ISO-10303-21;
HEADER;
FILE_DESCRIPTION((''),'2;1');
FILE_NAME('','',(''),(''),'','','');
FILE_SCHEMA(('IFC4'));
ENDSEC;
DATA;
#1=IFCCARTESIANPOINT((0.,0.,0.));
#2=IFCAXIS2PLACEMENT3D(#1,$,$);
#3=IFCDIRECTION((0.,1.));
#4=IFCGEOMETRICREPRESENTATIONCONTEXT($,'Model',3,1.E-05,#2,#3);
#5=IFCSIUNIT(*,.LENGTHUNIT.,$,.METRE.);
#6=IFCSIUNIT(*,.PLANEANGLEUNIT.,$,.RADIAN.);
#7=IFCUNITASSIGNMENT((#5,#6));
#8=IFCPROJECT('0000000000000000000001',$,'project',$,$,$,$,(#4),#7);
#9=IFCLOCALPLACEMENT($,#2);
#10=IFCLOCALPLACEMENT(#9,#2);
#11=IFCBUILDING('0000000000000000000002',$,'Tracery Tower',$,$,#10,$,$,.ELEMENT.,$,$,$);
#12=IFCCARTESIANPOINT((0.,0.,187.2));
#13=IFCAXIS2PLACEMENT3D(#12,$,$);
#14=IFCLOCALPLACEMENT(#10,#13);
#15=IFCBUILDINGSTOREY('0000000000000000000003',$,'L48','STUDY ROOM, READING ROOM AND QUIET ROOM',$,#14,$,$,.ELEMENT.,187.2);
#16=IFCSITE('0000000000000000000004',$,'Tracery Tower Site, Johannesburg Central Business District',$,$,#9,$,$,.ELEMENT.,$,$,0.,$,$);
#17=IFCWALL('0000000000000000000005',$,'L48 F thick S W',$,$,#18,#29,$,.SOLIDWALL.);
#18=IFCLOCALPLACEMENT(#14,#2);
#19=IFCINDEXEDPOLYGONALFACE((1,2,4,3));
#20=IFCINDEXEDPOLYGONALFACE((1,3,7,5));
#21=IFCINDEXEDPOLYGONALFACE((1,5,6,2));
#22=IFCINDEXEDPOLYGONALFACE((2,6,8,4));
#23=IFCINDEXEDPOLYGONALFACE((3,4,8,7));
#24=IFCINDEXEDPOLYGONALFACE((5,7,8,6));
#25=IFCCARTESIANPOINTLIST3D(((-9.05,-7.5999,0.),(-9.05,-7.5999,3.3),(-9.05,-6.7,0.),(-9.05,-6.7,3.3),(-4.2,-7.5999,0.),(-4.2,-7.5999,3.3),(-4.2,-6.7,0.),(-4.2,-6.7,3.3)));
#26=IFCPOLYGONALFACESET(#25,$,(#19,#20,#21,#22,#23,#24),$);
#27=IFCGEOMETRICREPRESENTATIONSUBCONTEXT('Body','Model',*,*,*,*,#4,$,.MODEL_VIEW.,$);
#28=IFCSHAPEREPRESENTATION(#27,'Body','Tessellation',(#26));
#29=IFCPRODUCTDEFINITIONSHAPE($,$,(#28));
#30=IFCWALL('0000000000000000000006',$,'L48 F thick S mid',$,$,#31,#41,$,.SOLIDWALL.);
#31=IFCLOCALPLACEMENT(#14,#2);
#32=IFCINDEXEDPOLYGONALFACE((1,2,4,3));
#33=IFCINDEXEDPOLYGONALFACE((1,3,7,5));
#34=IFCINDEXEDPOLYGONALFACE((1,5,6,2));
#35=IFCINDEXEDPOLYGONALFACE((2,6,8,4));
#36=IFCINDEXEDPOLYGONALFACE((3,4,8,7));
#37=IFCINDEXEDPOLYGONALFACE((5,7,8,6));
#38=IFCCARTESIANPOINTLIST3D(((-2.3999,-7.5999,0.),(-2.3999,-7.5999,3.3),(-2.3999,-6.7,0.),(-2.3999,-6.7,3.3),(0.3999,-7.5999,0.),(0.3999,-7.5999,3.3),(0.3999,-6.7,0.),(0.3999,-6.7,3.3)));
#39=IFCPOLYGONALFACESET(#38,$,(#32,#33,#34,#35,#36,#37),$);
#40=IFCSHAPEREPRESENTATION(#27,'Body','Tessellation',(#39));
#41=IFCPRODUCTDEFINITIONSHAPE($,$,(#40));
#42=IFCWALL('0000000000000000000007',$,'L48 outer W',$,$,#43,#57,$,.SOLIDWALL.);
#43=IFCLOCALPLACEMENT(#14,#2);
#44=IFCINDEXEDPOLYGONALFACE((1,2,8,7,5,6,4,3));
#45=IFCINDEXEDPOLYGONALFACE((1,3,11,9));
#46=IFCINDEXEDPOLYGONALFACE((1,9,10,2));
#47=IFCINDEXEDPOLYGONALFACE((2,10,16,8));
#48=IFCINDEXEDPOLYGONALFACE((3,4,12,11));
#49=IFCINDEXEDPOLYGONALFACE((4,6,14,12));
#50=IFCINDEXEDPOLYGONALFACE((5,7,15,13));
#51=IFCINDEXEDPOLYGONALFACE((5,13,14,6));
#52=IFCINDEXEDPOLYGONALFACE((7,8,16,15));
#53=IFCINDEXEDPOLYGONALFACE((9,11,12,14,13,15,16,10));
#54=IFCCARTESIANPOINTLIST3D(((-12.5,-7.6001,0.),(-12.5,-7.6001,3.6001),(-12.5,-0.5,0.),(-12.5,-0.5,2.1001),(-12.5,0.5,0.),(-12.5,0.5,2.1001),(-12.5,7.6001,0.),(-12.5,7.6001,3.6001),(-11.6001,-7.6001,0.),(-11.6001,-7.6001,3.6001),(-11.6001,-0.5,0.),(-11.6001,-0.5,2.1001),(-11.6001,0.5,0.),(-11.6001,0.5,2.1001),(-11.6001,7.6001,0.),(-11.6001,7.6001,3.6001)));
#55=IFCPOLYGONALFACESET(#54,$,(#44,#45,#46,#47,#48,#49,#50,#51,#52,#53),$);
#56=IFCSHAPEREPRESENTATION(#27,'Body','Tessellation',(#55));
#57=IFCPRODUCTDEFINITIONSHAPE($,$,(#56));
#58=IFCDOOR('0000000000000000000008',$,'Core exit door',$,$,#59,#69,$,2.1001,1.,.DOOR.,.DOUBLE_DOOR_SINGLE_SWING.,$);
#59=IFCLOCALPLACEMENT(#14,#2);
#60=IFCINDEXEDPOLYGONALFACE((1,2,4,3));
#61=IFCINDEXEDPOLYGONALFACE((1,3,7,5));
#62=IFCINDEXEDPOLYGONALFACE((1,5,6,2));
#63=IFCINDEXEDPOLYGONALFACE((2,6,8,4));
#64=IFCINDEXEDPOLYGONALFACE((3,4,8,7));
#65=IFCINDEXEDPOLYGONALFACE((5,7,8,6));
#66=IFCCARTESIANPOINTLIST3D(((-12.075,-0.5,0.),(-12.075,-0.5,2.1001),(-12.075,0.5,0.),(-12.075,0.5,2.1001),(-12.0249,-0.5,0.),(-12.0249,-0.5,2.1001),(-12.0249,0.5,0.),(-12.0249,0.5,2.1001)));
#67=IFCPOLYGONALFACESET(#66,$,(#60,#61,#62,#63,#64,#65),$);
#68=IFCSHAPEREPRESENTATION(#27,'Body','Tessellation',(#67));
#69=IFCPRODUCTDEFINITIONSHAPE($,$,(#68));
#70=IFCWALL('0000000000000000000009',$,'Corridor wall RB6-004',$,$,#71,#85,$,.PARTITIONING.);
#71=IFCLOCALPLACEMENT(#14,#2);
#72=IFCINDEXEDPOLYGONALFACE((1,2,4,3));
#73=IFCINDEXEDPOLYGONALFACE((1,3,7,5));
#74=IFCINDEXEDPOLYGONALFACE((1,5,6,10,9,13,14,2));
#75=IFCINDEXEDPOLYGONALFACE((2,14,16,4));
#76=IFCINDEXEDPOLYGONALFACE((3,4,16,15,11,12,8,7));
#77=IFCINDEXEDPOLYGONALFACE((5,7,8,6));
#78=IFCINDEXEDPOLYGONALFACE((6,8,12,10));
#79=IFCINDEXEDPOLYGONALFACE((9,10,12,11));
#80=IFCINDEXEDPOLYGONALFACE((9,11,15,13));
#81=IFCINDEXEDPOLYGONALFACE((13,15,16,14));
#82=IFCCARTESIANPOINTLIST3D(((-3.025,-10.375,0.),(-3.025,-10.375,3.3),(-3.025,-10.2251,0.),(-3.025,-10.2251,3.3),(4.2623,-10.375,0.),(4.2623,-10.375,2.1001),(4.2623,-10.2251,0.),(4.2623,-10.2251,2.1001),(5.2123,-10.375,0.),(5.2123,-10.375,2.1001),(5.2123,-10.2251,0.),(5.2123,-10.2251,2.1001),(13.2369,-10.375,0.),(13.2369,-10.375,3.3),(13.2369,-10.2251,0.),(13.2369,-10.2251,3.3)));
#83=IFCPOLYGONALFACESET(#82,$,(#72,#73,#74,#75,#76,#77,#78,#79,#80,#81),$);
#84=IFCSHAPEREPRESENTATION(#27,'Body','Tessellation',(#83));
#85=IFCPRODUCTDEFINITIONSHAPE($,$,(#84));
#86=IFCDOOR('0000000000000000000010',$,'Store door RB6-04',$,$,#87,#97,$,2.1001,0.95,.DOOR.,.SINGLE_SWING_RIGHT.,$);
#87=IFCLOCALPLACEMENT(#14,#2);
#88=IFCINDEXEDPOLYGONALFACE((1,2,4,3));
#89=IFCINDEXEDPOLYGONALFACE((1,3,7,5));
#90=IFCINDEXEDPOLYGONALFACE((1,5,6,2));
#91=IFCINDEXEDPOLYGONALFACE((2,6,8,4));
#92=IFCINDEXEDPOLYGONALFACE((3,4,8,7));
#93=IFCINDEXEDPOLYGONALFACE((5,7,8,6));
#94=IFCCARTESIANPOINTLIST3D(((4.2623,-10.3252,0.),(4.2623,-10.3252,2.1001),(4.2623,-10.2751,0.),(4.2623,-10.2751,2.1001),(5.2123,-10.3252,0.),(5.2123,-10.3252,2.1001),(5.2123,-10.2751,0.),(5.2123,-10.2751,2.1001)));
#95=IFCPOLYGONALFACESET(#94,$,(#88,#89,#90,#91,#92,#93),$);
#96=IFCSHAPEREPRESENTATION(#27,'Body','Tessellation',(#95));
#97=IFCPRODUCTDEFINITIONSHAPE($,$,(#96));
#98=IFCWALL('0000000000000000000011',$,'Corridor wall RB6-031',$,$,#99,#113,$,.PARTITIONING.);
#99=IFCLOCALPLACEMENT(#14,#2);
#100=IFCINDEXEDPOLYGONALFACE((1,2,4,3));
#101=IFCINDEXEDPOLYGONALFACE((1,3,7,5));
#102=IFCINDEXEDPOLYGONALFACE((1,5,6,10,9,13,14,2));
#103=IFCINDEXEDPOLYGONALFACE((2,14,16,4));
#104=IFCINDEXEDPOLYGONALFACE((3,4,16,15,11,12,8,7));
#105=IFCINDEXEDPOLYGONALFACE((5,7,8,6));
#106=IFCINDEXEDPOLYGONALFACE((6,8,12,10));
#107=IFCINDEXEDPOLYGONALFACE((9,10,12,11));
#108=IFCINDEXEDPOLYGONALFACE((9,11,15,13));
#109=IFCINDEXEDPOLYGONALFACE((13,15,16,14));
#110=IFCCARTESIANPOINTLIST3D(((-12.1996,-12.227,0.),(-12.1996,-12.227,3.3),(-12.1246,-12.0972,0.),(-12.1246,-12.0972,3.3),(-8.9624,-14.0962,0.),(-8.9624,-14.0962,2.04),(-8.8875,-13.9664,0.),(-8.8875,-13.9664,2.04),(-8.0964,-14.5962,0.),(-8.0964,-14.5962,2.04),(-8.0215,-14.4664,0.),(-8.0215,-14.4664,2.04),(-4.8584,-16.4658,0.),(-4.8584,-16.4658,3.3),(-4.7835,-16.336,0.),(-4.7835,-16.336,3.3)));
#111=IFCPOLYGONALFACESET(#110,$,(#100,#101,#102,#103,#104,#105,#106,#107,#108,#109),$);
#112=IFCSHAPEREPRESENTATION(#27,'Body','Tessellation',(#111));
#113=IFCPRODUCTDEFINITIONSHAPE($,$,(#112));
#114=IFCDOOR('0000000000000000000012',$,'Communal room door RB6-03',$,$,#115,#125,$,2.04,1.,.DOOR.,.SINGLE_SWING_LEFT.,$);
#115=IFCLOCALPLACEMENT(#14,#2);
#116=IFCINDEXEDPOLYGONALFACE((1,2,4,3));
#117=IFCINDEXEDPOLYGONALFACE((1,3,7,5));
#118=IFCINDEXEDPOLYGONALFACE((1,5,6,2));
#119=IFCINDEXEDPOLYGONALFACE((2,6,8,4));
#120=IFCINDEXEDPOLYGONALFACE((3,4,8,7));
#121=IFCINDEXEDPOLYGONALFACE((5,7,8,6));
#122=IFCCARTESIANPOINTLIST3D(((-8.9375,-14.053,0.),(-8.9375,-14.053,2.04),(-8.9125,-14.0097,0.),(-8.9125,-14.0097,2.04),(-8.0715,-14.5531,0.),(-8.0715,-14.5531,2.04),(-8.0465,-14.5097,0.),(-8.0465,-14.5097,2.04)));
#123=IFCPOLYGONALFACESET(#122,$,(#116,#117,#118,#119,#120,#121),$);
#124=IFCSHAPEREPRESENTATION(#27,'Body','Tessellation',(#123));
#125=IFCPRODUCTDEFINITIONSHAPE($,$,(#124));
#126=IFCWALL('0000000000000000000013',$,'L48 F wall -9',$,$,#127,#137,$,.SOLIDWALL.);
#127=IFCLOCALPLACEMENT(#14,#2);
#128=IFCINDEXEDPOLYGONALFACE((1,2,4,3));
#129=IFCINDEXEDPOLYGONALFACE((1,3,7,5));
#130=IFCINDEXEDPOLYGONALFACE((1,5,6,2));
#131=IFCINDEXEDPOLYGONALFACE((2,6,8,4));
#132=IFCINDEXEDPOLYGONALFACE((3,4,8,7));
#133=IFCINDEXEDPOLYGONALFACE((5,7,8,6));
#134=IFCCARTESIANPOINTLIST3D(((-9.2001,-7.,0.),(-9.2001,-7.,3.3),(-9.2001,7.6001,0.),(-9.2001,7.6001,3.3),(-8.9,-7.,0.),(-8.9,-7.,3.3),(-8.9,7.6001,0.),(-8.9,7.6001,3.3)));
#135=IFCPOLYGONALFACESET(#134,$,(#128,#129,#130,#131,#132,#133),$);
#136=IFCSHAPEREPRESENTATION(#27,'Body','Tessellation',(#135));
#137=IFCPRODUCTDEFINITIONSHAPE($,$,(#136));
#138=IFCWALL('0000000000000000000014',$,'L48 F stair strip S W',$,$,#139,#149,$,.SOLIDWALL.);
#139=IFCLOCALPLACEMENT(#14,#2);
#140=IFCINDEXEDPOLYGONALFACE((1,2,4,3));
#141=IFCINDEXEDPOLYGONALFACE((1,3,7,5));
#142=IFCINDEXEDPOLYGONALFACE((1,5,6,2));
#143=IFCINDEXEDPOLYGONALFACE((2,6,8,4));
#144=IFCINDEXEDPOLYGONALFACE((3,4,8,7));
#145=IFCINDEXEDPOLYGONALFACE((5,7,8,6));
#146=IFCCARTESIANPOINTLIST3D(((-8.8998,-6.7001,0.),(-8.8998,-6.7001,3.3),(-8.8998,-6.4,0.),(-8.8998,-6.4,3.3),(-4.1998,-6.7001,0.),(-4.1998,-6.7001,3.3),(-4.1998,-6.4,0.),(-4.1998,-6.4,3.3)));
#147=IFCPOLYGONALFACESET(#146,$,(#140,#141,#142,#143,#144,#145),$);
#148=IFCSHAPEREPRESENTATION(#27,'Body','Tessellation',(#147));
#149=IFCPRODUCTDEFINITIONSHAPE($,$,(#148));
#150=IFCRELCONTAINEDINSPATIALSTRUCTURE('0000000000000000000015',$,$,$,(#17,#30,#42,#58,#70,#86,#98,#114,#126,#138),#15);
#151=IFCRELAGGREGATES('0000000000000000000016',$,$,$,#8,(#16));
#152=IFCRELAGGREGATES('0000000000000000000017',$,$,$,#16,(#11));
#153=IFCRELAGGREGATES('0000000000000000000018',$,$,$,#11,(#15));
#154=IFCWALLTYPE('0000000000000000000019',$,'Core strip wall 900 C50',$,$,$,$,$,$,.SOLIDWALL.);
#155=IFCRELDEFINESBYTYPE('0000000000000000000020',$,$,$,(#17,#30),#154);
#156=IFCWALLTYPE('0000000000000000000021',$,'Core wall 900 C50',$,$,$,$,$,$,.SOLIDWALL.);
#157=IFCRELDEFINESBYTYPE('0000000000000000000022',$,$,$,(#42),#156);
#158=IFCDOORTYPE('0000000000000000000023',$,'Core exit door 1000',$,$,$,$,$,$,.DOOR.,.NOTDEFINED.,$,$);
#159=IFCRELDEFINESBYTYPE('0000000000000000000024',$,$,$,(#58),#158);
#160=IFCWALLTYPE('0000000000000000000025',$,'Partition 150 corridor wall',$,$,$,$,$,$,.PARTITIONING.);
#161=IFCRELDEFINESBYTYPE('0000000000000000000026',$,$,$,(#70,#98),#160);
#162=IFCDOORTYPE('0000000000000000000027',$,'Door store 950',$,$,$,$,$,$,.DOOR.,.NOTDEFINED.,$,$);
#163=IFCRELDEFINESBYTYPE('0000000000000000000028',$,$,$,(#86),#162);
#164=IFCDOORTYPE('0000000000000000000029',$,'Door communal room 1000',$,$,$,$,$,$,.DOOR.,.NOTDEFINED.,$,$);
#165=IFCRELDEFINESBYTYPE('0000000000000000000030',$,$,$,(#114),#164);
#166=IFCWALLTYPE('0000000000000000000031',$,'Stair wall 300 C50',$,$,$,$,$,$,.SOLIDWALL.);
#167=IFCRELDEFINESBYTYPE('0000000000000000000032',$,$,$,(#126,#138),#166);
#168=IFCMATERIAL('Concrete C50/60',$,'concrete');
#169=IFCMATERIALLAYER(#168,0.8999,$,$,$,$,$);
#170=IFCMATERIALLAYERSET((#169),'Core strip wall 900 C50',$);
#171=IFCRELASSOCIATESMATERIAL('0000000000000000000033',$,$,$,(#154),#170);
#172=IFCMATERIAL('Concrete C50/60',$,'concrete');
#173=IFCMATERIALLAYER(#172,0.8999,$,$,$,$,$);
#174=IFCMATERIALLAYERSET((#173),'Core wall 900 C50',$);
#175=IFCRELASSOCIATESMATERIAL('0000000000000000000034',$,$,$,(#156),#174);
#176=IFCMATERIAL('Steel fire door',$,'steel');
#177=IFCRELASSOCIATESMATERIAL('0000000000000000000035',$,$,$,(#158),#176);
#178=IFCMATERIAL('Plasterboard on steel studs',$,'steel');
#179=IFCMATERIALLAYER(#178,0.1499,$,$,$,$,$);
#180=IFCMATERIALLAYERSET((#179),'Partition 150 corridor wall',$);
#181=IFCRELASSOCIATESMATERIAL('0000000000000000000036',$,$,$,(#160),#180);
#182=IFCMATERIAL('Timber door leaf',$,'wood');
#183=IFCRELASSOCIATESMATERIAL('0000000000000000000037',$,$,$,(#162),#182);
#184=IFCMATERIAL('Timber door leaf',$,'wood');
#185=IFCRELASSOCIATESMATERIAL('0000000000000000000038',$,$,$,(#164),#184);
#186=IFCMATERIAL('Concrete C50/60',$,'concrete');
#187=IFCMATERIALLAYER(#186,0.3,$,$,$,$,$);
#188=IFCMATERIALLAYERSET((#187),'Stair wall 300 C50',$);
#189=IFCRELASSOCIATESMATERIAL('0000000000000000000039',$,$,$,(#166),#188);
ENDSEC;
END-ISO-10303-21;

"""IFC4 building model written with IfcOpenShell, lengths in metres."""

from ifc_helpers import new_model, si_unit, direction, frame, frame_2d, origin, place, context, subcontext, project, spatial, rectangle, extrude, material, layer, layer_set, type_object, element, fill, save


model = new_model("IFC4")

# Units and contexts
model_context = context("Model", 3, precision=1e-05, world=origin(), true_north=direction((0.0, 1.0)))
body_context = subcontext(model_context, "Body", "Model", "MODEL_VIEW")
ifc_project = project(units=[si_unit("LENGTHUNIT", "METRE"), si_unit("PLANEANGLEUNIT", "RADIAN")], contexts=[model_context])

# Site, building, storey
site_placement = place(None, origin())
site = spatial("IfcSite", under=ifc_project, at=site_placement, Name="Tracery Tower Site, Johannesburg Central Business District", CompositionType="ELEMENT", RefElevation=0.0)
building_placement = place(site_placement, origin())
building = spatial("IfcBuilding", under=site, at=building_placement, Name="Tracery Tower", CompositionType="ELEMENT")
storey_placement = place(building_placement, frame((0.0, 0.0, 187.2)))
storey = spatial("IfcBuildingStorey", under=building, at=storey_placement, Name="L48", Description="STUDY ROOM, READING ROOM AND QUIET ROOM", CompositionType="ELEMENT", Elevation=187.2)

# Walls
ifc_material_1 = material(Name="Concrete C50/60", Category="concrete")
ifc_layer_1 = layer(ifc_material_1, 0.8999)
ifc_layer_set_1 = layer_set([ifc_layer_1], Name="Core strip wall 900 C50")
wall_type_1 = type_object("IfcWallType", Name="Core strip wall 900 C50", PredefinedType="SOLIDWALL", material=ifc_layer_set_1)
wall_1_placement = place(storey_placement, frame((-9.05, -7.1499, 0.0), z_axis=(0.0, 0.0, 1.0), x_axis=(1.0, 0.0, 0.0)))
element("IfcWall", 1, at=wall_1_placement, inside=storey, type_object=wall_type_1, Name="L48 F thick S W", PredefinedType="SOLIDWALL", context=body_context, shape_type="SweptSolid", body=[
    extrude(rectangle(XDim=4.8501, YDim=0.8999, at=frame_2d((2.425, 0.0))), origin(), (0.0, 0.0, 1.0), 3.3),
])
wall_2_placement = place(storey_placement, frame((-2.3999, -7.1499, 0.0), z_axis=(0.0, 0.0, 1.0), x_axis=(1.0, 0.0, 0.0)))
element("IfcWall", 2, at=wall_2_placement, inside=storey, type_object=wall_type_1, Name="L48 F thick S mid", PredefinedType="SOLIDWALL", context=body_context, shape_type="SweptSolid", body=[
    extrude(rectangle(XDim=2.7998, YDim=0.8999, at=frame_2d((1.3999, 0.0))), origin(), (0.0, 0.0, 1.0), 3.3),
])

# Walls, openings, doors
ifc_material_2 = material(Name="Concrete C50/60", Category="concrete")
ifc_layer_2 = layer(ifc_material_2, 0.8999)
ifc_layer_set_2 = layer_set([ifc_layer_2], Name="Core wall 900 C50")
wall_type_2 = type_object("IfcWallType", Name="Core wall 900 C50", PredefinedType="SOLIDWALL", material=ifc_layer_set_2)
wall_3_placement = place(storey_placement, frame((-12.05, -7.6001, 0.0), z_axis=(0.0, 0.0, 1.0), x_axis=(0.0, 1.0, 0.0)))
wall_3 = element("IfcWall", 3, at=wall_3_placement, inside=storey, type_object=wall_type_2, Name="L48 outer W", PredefinedType="SOLIDWALL", context=body_context, shape_type="SweptSolid", body=[
    extrude(rectangle(XDim=15.2002, YDim=0.8999, at=frame_2d((7.6001, 0.0))), origin(), (0.0, 0.0, 1.0), 3.6001),
])
opening_1_placement = place(wall_3_placement, frame((7.1001, 0.0, 0.0)))
opening_1 = element("IfcOpeningElement", 4, at=opening_1_placement, cuts=wall_3, PredefinedType="OPENING", context=body_context, shape_type="SweptSolid", body=[
    extrude(rectangle(XDim=1.0, YDim=2.1001, at=frame_2d((0.5, 1.05))), frame((0.0, 0.45, 0.0), z_axis=(0.0, -1.0, 0.0), x_axis=(1.0, 0.0, 0.0)), (0.0, 0.0, 1.0), 0.8999),
])
ifc_material_3 = material(Name="Steel fire door", Category="steel")
door_type_1 = type_object("IfcDoorType", Name="Core exit door 1000", OperationType="NOTDEFINED", PredefinedType="DOOR", material=ifc_material_3)
door_1_placement = place(opening_1_placement, origin())
door_1 = element("IfcDoor", 5, at=door_1_placement, inside=storey, type_object=door_type_1, Name="Core exit door", OperationType="DOUBLE_DOOR_SINGLE_SWING", OverallHeight=2.1001, OverallWidth=1.0, PredefinedType="DOOR", context=body_context, shape_type="SweptSolid", body=[
    extrude(rectangle(XDim=1.0, YDim=2.1001, at=frame_2d((0.5, 1.05))), frame((0.0, 0.0249, 0.0), z_axis=(0.0, -1.0, 0.0), x_axis=(1.0, 0.0, 0.0)), (0.0, 0.0, 1.0), 0.05),
])
fill(opening_1, door_1)
ifc_material_4 = material(Name="Plasterboard on steel studs", Category="steel")
ifc_layer_3 = layer(ifc_material_4, 0.1499)
ifc_layer_set_3 = layer_set([ifc_layer_3], Name="Partition 150 corridor wall")
wall_type_3 = type_object("IfcWallType", Name="Partition 150 corridor wall", PredefinedType="PARTITIONING", material=ifc_layer_set_3)
wall_4_placement = place(storey_placement, frame((-3.0249, -10.3, 0.0), z_axis=(0.0, 0.0, 1.0), x_axis=(1.0, 0.0, 0.0)))
wall_4 = element("IfcWall", 6, at=wall_4_placement, inside=storey, type_object=wall_type_3, Name="Corridor wall RB6-004", PredefinedType="PARTITIONING", context=body_context, shape_type="SweptSolid", body=[
    extrude(rectangle(XDim=16.262, YDim=0.1499, at=frame_2d((8.1309, 0.0))), origin(), (0.0, 0.0, 1.0), 3.3),
])
opening_2_placement = place(wall_4_placement, frame((7.2871, 0.0, 0.0)))
opening_2 = element("IfcOpeningElement", 7, at=opening_2_placement, cuts=wall_4, PredefinedType="OPENING", context=body_context, shape_type="SweptSolid", body=[
    extrude(rectangle(XDim=0.95, YDim=2.1001, at=frame_2d((0.4751, 1.05))), frame((0.0, 0.075, 0.0), z_axis=(0.0, -1.0, 0.0), x_axis=(1.0, 0.0, 0.0)), (0.0, 0.0, 1.0), 0.1499),
])
ifc_material_5 = material(Name="Timber door leaf", Category="wood")
door_type_2 = type_object("IfcDoorType", Name="Door store 950", OperationType="NOTDEFINED", PredefinedType="DOOR", material=ifc_material_5)
door_2_placement = place(opening_2_placement, origin())
door_2 = element("IfcDoor", 8, at=door_2_placement, inside=storey, type_object=door_type_2, Name="Store door RB6-04", OperationType="SINGLE_SWING_RIGHT", OverallHeight=2.1001, OverallWidth=0.95, PredefinedType="DOOR", context=body_context, shape_type="SweptSolid", body=[
    extrude(rectangle(XDim=0.95, YDim=2.1001, at=frame_2d((0.4751, 1.05))), frame((0.0, 0.0249, 0.0), z_axis=(0.0, -1.0, 0.0), x_axis=(1.0, 0.0, 0.0)), (0.0, 0.0, 1.0), 0.05),
])
fill(opening_2, door_2)
wall_5_placement = place(storey_placement, frame((-12.1621, -12.1621, 0.0), z_axis=(0.0, 0.0, 1.0), x_axis=(0.866005, -0.500036, 0.0)))
wall_5 = element("IfcWall", 9, at=wall_5_placement, inside=storey, type_object=wall_type_3, Name="Corridor wall RB6-031", PredefinedType="PARTITIONING", context=body_context, shape_type="SweptSolid", body=[
    extrude(rectangle(XDim=8.4771, YDim=0.1499, at=frame_2d((4.2385, 0.0))), origin(), (0.0, 0.0, 1.0), 3.3),
])
opening_3_placement = place(wall_5_placement, frame((3.738, 0.0, 0.0)))
opening_3 = element("IfcOpeningElement", 10, at=opening_3_placement, cuts=wall_5, PredefinedType="OPENING", context=body_context, shape_type="SweptSolid", body=[
    extrude(rectangle(XDim=1.0, YDim=2.04, at=frame_2d((0.5, 1.02))), frame((0.0, 0.075, 0.0), z_axis=(0.0, -1.0, 0.0), x_axis=(1.0, 0.0, 0.0)), (0.0, 0.0, 1.0), 0.1499),
])
ifc_material_6 = material(Name="Timber door leaf", Category="wood")
door_type_3 = type_object("IfcDoorType", Name="Door communal room 1000", OperationType="NOTDEFINED", PredefinedType="DOOR", material=ifc_material_6)
door_3_placement = place(opening_3_placement, origin())
door_3 = element("IfcDoor", 11, at=door_3_placement, inside=storey, type_object=door_type_3, Name="Communal room door RB6-03", OperationType="SINGLE_SWING_LEFT", OverallHeight=2.04, OverallWidth=1.0, PredefinedType="DOOR", context=body_context, shape_type="SweptSolid", body=[
    extrude(rectangle(XDim=1.0, YDim=2.04, at=frame_2d((0.5, 1.02))), frame((0.0, 0.0249, 0.0), z_axis=(0.0, -1.0, 0.0), x_axis=(1.0, 0.0, 0.0)), (0.0, 0.0, 1.0), 0.05),
])
fill(opening_3, door_3)

# Shared definitions
ifc_material_7 = material(Name="Concrete C50/60", Category="concrete")
ifc_layer_4 = layer(ifc_material_7, 0.3)
ifc_layer_set_4 = layer_set([ifc_layer_4], Name="Stair wall 300 C50")
wall_type_4 = type_object("IfcWallType", Name="Stair wall 300 C50", PredefinedType="SOLIDWALL", material=ifc_layer_set_4)

# Walls
wall_6_placement = place(storey_placement, frame((-9.05, -7.0, 0.0), z_axis=(0.0, 0.0, 1.0), x_axis=(0.0, 1.0, 0.0)))
element("IfcWall", 12, at=wall_6_placement, inside=storey, type_object=wall_type_4, Name="L48 F wall -9", PredefinedType="SOLIDWALL", context=body_context, shape_type="SweptSolid", body=[
    extrude(rectangle(XDim=14.6001, YDim=0.3, at=frame_2d((7.3, 0.0))), origin(), (0.0, 0.0, 1.0), 3.3),
])
wall_7_placement = place(storey_placement, frame((-8.8999, -6.55, 0.0), z_axis=(0.0, 0.0, 1.0), x_axis=(1.0, 0.0, 0.0)))
element("IfcWall", 13, at=wall_7_placement, inside=storey, type_object=wall_type_4, Name="L48 F stair strip S W", PredefinedType="SOLIDWALL", context=body_context, shape_type="SweptSolid", body=[
    extrude(rectangle(XDim=4.7, YDim=0.3, at=frame_2d((2.3501, 0.0))), origin(), (0.0, 0.0, 1.0), 3.3),
])

save(model, "model.ifc")
